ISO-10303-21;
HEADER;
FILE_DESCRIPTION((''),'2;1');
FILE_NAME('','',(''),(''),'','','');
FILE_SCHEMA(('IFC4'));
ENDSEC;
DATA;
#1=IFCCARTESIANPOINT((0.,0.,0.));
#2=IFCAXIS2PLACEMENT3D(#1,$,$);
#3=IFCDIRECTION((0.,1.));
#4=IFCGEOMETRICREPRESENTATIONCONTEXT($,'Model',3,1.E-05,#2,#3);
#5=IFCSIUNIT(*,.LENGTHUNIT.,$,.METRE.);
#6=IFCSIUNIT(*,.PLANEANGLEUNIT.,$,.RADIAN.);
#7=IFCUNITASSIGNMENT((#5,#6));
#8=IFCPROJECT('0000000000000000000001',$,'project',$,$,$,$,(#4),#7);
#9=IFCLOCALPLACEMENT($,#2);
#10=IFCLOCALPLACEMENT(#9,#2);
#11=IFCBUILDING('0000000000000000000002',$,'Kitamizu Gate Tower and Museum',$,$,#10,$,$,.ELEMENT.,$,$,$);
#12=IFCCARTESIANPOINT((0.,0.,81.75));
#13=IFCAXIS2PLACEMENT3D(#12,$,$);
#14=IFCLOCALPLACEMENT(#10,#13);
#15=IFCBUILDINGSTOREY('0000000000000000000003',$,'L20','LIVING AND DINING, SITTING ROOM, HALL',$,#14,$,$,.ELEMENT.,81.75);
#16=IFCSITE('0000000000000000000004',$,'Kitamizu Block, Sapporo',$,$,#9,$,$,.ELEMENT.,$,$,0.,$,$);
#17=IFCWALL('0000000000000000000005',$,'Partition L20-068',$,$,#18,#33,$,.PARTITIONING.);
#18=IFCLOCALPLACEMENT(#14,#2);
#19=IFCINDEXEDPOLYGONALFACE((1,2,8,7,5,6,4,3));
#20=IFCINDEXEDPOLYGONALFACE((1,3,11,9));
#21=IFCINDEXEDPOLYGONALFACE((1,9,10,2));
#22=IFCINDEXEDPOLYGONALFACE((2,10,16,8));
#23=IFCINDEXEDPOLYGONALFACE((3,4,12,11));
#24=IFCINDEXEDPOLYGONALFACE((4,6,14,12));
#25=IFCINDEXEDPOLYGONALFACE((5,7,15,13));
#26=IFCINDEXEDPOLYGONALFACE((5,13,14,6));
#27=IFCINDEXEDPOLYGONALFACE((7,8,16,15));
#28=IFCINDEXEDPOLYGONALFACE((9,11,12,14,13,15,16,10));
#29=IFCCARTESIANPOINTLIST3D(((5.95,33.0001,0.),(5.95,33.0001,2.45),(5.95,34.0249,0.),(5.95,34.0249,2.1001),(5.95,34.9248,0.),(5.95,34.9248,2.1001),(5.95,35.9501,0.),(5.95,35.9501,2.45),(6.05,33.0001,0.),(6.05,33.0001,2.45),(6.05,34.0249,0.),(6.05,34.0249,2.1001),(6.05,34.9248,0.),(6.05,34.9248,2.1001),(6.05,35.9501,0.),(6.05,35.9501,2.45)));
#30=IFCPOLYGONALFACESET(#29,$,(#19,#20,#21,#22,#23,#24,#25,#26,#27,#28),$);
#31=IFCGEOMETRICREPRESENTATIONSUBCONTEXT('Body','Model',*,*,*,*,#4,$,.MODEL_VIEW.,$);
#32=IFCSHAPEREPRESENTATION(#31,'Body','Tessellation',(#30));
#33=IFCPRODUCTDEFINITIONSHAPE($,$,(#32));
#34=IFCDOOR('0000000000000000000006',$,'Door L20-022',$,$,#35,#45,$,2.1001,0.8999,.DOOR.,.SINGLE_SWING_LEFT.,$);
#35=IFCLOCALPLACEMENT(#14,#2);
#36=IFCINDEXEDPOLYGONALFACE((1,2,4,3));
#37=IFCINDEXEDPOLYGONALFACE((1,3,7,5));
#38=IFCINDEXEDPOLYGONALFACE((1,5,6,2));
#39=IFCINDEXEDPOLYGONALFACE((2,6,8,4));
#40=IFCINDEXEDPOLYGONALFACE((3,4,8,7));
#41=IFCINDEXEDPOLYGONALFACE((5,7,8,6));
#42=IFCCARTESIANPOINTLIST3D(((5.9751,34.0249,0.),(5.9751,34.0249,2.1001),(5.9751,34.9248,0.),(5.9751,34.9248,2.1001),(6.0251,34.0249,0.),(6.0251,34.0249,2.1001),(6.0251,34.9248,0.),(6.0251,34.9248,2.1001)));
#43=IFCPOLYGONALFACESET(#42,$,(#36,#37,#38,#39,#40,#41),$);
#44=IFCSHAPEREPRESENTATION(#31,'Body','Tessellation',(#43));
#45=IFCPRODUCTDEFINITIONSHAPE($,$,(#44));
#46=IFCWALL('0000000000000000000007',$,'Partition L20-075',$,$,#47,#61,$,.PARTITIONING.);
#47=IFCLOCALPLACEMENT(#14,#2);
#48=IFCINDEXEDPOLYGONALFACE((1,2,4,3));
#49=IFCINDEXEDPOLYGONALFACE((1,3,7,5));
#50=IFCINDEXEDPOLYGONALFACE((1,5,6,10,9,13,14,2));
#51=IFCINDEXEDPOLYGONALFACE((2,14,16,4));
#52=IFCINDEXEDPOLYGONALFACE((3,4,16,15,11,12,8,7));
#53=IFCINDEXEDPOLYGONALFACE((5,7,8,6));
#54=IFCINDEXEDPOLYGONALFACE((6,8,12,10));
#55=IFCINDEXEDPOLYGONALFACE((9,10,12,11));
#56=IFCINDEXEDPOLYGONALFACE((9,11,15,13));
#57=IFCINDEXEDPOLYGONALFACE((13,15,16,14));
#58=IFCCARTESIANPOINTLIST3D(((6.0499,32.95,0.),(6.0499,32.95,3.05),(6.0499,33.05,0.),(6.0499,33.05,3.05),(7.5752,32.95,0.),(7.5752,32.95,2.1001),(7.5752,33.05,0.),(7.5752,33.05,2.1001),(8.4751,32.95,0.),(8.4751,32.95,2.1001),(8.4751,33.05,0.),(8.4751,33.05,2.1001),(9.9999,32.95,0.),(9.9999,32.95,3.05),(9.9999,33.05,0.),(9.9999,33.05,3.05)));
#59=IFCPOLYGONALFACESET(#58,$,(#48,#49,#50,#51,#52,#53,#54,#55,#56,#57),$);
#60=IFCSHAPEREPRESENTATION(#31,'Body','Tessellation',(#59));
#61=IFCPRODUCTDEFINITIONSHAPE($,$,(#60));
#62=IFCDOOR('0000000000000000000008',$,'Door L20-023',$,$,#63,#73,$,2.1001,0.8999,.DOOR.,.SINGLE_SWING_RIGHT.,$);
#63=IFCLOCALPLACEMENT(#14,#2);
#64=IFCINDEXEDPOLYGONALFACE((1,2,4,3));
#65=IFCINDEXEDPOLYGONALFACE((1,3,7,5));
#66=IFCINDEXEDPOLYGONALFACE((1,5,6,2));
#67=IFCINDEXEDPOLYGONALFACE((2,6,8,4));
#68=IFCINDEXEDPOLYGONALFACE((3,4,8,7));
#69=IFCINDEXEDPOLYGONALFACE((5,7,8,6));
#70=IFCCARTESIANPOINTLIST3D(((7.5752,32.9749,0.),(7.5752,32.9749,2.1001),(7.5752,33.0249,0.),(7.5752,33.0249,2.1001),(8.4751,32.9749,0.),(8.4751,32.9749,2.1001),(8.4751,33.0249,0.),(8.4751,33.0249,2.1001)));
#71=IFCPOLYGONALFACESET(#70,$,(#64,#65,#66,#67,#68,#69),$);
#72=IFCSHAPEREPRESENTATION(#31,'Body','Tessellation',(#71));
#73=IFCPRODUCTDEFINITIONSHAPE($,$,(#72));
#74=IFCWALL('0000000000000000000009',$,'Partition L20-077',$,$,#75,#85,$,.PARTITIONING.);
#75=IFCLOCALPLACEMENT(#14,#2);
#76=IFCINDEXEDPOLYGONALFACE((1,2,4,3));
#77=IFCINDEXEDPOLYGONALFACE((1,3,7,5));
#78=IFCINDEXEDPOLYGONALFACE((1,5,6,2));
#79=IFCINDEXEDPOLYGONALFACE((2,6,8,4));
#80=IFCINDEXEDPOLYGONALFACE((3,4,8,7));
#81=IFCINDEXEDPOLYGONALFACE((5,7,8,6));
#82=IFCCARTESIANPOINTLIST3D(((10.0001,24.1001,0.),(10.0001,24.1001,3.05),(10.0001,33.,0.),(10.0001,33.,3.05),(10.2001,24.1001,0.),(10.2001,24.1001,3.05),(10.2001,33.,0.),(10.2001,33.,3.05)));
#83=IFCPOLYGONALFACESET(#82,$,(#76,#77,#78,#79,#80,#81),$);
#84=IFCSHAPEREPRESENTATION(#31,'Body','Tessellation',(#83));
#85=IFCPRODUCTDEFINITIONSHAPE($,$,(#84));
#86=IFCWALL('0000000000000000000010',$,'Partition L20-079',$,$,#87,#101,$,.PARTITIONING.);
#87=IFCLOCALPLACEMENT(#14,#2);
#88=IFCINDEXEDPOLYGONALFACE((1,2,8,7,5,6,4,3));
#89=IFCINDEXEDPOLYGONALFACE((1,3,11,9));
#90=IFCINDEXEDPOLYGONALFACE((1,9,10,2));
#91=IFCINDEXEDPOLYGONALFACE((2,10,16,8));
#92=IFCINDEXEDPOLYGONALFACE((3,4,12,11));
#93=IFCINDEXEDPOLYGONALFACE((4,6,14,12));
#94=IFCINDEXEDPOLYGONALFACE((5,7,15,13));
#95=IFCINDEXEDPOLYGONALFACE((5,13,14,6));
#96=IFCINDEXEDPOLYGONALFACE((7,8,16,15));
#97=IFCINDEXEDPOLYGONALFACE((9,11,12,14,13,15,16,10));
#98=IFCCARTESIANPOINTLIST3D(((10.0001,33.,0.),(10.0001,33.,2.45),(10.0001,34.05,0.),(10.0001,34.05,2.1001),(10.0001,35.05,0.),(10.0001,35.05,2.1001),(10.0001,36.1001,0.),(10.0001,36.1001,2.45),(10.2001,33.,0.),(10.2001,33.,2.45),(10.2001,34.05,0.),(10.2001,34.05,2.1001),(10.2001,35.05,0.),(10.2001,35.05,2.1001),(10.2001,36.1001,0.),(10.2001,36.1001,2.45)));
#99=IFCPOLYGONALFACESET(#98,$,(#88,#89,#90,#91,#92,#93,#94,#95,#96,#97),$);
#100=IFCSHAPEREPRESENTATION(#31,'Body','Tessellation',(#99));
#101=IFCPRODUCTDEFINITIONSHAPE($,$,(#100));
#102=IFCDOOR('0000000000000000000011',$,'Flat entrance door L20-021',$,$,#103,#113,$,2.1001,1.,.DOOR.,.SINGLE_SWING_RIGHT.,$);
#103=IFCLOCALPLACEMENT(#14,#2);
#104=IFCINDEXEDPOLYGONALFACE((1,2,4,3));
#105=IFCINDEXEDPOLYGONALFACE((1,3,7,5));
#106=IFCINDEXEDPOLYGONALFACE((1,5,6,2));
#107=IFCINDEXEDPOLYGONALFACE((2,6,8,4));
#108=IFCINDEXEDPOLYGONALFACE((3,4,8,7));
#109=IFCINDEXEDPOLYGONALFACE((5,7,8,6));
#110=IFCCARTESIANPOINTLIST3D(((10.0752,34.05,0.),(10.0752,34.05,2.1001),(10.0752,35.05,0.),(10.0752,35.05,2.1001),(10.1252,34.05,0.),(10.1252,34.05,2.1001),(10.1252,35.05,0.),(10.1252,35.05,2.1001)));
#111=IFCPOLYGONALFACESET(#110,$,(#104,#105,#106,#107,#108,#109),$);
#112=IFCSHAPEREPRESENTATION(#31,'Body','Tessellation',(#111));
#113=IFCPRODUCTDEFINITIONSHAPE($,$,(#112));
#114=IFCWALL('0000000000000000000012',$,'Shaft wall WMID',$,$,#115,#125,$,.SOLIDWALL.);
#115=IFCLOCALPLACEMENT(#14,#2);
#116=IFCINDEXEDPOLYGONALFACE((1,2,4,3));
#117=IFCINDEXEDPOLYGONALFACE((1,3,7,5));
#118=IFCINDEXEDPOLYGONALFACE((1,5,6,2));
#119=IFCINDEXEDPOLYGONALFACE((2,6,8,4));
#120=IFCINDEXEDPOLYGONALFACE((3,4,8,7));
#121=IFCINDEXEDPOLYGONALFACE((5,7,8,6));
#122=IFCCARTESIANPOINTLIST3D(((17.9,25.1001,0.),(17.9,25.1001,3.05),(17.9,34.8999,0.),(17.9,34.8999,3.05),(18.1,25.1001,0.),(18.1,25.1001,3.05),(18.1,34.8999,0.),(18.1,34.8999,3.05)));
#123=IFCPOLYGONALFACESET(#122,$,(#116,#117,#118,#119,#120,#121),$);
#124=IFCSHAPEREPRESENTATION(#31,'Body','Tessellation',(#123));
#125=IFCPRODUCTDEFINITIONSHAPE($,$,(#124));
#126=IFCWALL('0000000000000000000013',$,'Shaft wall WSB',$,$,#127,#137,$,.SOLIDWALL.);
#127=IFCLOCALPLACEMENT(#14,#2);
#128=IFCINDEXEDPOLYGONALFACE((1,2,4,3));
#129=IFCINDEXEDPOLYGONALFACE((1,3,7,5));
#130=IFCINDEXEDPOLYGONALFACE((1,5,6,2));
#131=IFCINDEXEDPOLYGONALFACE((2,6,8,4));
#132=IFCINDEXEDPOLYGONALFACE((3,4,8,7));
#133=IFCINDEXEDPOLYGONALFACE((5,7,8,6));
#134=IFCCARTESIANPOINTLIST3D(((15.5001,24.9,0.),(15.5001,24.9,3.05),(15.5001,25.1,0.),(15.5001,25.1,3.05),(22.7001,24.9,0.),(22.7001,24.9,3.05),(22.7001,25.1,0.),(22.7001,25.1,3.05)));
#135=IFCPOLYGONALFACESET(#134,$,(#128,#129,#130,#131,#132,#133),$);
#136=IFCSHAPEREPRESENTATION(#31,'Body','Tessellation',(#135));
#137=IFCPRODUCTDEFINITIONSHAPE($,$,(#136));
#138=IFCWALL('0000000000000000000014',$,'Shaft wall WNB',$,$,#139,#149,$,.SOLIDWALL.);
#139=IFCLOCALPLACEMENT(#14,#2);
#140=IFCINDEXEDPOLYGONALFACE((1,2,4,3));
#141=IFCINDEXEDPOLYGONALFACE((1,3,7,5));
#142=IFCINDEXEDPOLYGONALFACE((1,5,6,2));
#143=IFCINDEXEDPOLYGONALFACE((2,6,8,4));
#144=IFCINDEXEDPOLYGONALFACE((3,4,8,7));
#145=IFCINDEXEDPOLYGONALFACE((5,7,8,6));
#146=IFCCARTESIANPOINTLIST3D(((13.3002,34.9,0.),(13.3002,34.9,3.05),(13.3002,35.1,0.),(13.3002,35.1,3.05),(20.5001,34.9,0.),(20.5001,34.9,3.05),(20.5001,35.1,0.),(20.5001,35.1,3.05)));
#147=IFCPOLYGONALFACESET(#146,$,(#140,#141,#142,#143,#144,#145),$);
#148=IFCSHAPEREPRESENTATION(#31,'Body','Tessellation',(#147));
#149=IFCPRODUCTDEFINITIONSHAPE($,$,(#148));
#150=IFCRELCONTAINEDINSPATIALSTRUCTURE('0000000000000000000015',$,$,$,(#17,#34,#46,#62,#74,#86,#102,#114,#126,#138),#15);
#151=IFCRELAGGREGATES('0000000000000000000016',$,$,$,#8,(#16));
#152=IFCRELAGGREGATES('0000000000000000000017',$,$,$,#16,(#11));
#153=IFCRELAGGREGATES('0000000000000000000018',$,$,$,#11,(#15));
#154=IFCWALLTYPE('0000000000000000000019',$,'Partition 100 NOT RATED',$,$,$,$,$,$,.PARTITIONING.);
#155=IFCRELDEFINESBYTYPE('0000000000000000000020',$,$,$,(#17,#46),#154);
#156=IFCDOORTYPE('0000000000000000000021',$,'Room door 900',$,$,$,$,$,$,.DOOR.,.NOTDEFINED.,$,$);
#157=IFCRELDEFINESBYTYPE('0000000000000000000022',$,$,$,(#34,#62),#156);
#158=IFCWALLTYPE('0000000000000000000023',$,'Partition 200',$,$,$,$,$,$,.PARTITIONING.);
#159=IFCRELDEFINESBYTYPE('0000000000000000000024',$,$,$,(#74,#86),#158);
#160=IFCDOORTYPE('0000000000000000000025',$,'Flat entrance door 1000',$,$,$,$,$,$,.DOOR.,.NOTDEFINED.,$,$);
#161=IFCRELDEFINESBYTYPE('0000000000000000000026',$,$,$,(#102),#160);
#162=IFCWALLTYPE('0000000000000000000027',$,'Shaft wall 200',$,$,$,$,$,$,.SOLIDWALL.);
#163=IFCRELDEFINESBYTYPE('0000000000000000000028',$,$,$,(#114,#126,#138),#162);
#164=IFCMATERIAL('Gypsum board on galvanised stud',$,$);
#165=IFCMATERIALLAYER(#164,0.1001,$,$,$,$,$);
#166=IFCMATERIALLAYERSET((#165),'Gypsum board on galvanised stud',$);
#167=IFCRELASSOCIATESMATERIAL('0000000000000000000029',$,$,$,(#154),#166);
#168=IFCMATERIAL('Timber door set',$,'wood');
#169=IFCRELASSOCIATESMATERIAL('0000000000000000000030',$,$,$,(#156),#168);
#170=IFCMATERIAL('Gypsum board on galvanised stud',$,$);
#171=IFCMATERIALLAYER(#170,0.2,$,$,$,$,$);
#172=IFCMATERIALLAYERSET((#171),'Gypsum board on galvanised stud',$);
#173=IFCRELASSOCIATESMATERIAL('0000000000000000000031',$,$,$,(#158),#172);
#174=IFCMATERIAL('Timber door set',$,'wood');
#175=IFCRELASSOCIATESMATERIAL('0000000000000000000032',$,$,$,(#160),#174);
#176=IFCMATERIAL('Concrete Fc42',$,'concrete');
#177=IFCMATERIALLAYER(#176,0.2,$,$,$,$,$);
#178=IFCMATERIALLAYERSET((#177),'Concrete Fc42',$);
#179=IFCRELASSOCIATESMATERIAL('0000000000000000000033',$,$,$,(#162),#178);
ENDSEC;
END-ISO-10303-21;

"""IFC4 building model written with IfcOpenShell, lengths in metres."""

from ifc_helpers import new_model, si_unit, direction, frame, frame_2d, origin, place, context, subcontext, project, spatial, rectangle, extrude, material, layer, layer_set, type_object, element, fill, save


model = new_model("IFC4")

# Units and contexts
model_context = context("Model", 3, precision=1e-05, world=origin(), true_north=direction((0.0, 1.0)))
body_context = subcontext(model_context, "Body", "Model", "MODEL_VIEW")
ifc_project = project(units=[si_unit("LENGTHUNIT", "METRE"), si_unit("PLANEANGLEUNIT", "RADIAN")], contexts=[model_context])

# Site, building, storey
site_placement = place(None, origin())
site = spatial("IfcSite", under=ifc_project, at=site_placement, Name="Kitamizu Block, Sapporo", CompositionType="ELEMENT", RefElevation=0.0)
building_placement = place(site_placement, origin())
building = spatial("IfcBuilding", under=site, at=building_placement, Name="Kitamizu Gate Tower and Museum", CompositionType="ELEMENT")
storey_placement = place(building_placement, frame((0.0, 0.0, 81.75)))
storey = spatial("IfcBuildingStorey", under=building, at=storey_placement, Name="L20", Description="LIVING AND DINING, SITTING ROOM, HALL", CompositionType="ELEMENT", Elevation=81.75)

# Shared definitions
ifc_material_1 = material(Name="Gypsum board on galvanised stud")
ifc_layer_1 = layer(ifc_material_1, 0.1001)
ifc_layer_set_1 = layer_set([ifc_layer_1], Name="Gypsum board on galvanised stud")
wall_type_1 = type_object("IfcWallType", Name="Partition 100 NOT RATED", PredefinedType="PARTITIONING", material=ifc_layer_set_1)
ifc_material_2 = material(Name="Timber door set", Category="wood")
door_type_1 = type_object("IfcDoorType", Name="Room door 900", OperationType="NOTDEFINED", PredefinedType="DOOR", material=ifc_material_2)

# Walls, openings, doors
wall_1_placement = place(storey_placement, frame((6.0, 33.0, 0.0), z_axis=(0.0, 0.0, 1.0), x_axis=(0.0, 1.0, 0.0)))
wall_1 = element("IfcWall", 1, at=wall_1_placement, inside=storey, type_object=wall_type_1, Name="Partition L20-068", PredefinedType="PARTITIONING", context=body_context, shape_type="SweptSolid", body=[
    extrude(rectangle(XDim=2.95, YDim=0.1001, at=frame_2d((1.4751, 0.0))), origin(), (0.0, 0.0, 1.0), 2.45),
])
opening_1_placement = place(wall_1_placement, frame((1.0249, 0.0, 0.0)))
opening_1 = element("IfcOpeningElement", 2, at=opening_1_placement, cuts=wall_1, PredefinedType="OPENING", context=body_context, shape_type="SweptSolid", body=[
    extrude(rectangle(XDim=0.8999, YDim=2.1001, at=frame_2d((0.45, 1.05))), frame((0.0, 0.0601, 0.0), z_axis=(0.0, -1.0, 0.0), x_axis=(1.0, 0.0, 0.0)), (0.0, 0.0, 1.0), 0.1201),
])
door_1_placement = place(opening_1_placement, origin())
door_1 = element("IfcDoor", 3, at=door_1_placement, inside=storey, type_object=door_type_1, Name="Door L20-022", OperationType="SINGLE_SWING_LEFT", OverallHeight=2.1001, OverallWidth=0.8999, PredefinedType="DOOR", context=body_context, shape_type="SweptSolid", body=[
    extrude(rectangle(XDim=0.8999, YDim=2.1001, at=frame_2d((0.45, 1.05))), frame((0.0, 0.0249, 0.0), z_axis=(0.0, -1.0, 0.0), x_axis=(1.0, 0.0, 0.0)), (0.0, 0.0, 1.0), 0.05),
])
fill(opening_1, door_1)
wall_2_placement = place(storey_placement, frame((10.0, 33.0, 0.0), z_axis=(0.0, 0.0, 1.0), x_axis=(-1.0, 0.0, 0.0)))
wall_2 = element("IfcWall", 4, at=wall_2_placement, inside=storey, type_object=wall_type_1, Name="Partition L20-075", PredefinedType="PARTITIONING", context=body_context, shape_type="SweptSolid", body=[
    extrude(rectangle(XDim=3.95, YDim=0.1001, at=frame_2d((1.9751, 0.0))), origin(), (0.0, 0.0, 1.0), 3.05),
])
opening_2_placement = place(wall_2_placement, frame((1.5249, 0.0, 0.0)))
opening_2 = element("IfcOpeningElement", 5, at=opening_2_placement, cuts=wall_2, PredefinedType="OPENING", context=body_context, shape_type="SweptSolid", body=[
    extrude(rectangle(XDim=0.8999, YDim=2.1001, at=frame_2d((0.45, 1.05))), frame((0.0, 0.0601, 0.0), z_axis=(0.0, -1.0, 0.0), x_axis=(1.0, 0.0, 0.0)), (0.0, 0.0, 1.0), 0.1201),
])
door_2_placement = place(opening_2_placement, frame((0.8999, 0.0, 0.0), x_axis=(-1.0, 0.0, 0.0)))
door_2 = element("IfcDoor", 6, at=door_2_placement, inside=storey, type_object=door_type_1, Name="Door L20-023", OperationType="SINGLE_SWING_RIGHT", OverallHeight=2.1001, OverallWidth=0.8999, PredefinedType="DOOR", context=body_context, shape_type="SweptSolid", body=[
    extrude(rectangle(XDim=0.8999, YDim=2.1001, at=frame_2d((0.45, 1.05))), frame((0.0, 0.0249, 0.0), z_axis=(0.0, -1.0, 0.0), x_axis=(1.0, 0.0, 0.0)), (0.0, 0.0, 1.0), 0.05),
])
fill(opening_2, door_2)

# Wall
ifc_material_3 = material(Name="Gypsum board on galvanised stud")
ifc_layer_2 = layer(ifc_material_3, 0.2)
ifc_layer_set_2 = layer_set([ifc_layer_2], Name="Gypsum board on galvanised stud")
wall_type_2 = type_object("IfcWallType", Name="Partition 200", PredefinedType="PARTITIONING", material=ifc_layer_set_2)
wall_3_placement = place(storey_placement, frame((10.1001, 24.1001, 0.0), z_axis=(0.0, 0.0, 1.0), x_axis=(0.0, 1.0, 0.0)))
element("IfcWall", 7, at=wall_3_placement, inside=storey, type_object=wall_type_2, Name="Partition L20-077", PredefinedType="PARTITIONING", context=body_context, shape_type="SweptSolid", body=[
    extrude(rectangle(XDim=8.8999, YDim=0.2, at=frame_2d((4.45, 0.0))), origin(), (0.0, 0.0, 1.0), 3.05),
])

# Wall, opening, door
wall_4_placement = place(storey_placement, frame((10.1001, 33.0, 0.0), z_axis=(0.0, 0.0, 1.0), x_axis=(0.0, 1.0, 0.0)))
wall_4 = element("IfcWall", 8, at=wall_4_placement, inside=storey, type_object=wall_type_2, Name="Partition L20-079", PredefinedType="PARTITIONING", context=body_context, shape_type="SweptSolid", body=[
    extrude(rectangle(XDim=3.1001, YDim=0.2, at=frame_2d((1.55, 0.0))), origin(), (0.0, 0.0, 1.0), 2.45),
])
opening_3_placement = place(wall_4_placement, frame((1.05, 0.0, 0.0)))
opening_3 = element("IfcOpeningElement", 9, at=opening_3_placement, cuts=wall_4, PredefinedType="OPENING", context=body_context, shape_type="SweptSolid", body=[
    extrude(rectangle(XDim=1.0, YDim=2.1001, at=frame_2d((0.5, 1.05))), frame((0.0, 0.1099, 0.0), z_axis=(0.0, -1.0, 0.0), x_axis=(1.0, 0.0, 0.0)), (0.0, 0.0, 1.0), 0.22),
])
ifc_material_4 = material(Name="Timber door set", Category="wood")
door_type_2 = type_object("IfcDoorType", Name="Flat entrance door 1000", OperationType="NOTDEFINED", PredefinedType="DOOR", material=ifc_material_4)
door_3_placement = place(opening_3_placement, origin())
door_3 = element("IfcDoor", 10, at=door_3_placement, inside=storey, type_object=door_type_2, Name="Flat entrance door L20-021", OperationType="SINGLE_SWING_RIGHT", OverallHeight=2.1001, OverallWidth=1.0, PredefinedType="DOOR", context=body_context, shape_type="SweptSolid", body=[
    extrude(rectangle(XDim=1.0, YDim=2.1001, at=frame_2d((0.5, 1.05))), frame((0.0, 0.0249, 0.0), z_axis=(0.0, -1.0, 0.0), x_axis=(1.0, 0.0, 0.0)), (0.0, 0.0, 1.0), 0.05),
])
fill(opening_3, door_3)

# Walls
ifc_material_5 = material(Name="Concrete Fc42", Category="concrete")
ifc_layer_3 = layer(ifc_material_5, 0.2)
ifc_layer_set_3 = layer_set([ifc_layer_3], Name="Concrete Fc42")
wall_type_3 = type_object("IfcWallType", Name="Shaft wall 200", PredefinedType="SOLIDWALL", material=ifc_layer_set_3)
wall_5_placement = place(storey_placement, frame((18.0, 25.1001, 0.0), z_axis=(0.0, 0.0, 1.0), x_axis=(0.0, 1.0, 0.0)))
element("IfcWall", 11, at=wall_5_placement, inside=storey, type_object=wall_type_3, Name="Shaft wall WMID", PredefinedType="SOLIDWALL", context=body_context, shape_type="SweptSolid", body=[
    extrude(rectangle(XDim=9.7998, YDim=0.2, at=frame_2d((4.8999, 0.0))), origin(), (0.0, 0.0, 1.0), 3.05),
])
for number, where, z_axis, x_axis, name in (
    (12, (15.5, 25.0, 0.0), (0.0, 0.0, 1.0), (1.0, 0.0, 0.0), "Shaft wall WSB"),
    (13, (13.3, 35.0, 0.0), (0.0, 0.0, 1.0), (1.0, 0.0, 0.0), "Shaft wall WNB"),
):
    element("IfcWall", number, at=place(storey_placement, frame(where, z_axis=z_axis, x_axis=x_axis)), inside=storey, type_object=wall_type_3, Name=name, PredefinedType="SOLIDWALL", context=body_context, shape_type="SweptSolid", body=[
        extrude(rectangle(XDim=7.2, YDim=0.2, at=frame_2d((3.6001, 0.0))), origin(), (0.0, 0.0, 1.0), 3.05),
    ])

save(model, "model.ifc")
